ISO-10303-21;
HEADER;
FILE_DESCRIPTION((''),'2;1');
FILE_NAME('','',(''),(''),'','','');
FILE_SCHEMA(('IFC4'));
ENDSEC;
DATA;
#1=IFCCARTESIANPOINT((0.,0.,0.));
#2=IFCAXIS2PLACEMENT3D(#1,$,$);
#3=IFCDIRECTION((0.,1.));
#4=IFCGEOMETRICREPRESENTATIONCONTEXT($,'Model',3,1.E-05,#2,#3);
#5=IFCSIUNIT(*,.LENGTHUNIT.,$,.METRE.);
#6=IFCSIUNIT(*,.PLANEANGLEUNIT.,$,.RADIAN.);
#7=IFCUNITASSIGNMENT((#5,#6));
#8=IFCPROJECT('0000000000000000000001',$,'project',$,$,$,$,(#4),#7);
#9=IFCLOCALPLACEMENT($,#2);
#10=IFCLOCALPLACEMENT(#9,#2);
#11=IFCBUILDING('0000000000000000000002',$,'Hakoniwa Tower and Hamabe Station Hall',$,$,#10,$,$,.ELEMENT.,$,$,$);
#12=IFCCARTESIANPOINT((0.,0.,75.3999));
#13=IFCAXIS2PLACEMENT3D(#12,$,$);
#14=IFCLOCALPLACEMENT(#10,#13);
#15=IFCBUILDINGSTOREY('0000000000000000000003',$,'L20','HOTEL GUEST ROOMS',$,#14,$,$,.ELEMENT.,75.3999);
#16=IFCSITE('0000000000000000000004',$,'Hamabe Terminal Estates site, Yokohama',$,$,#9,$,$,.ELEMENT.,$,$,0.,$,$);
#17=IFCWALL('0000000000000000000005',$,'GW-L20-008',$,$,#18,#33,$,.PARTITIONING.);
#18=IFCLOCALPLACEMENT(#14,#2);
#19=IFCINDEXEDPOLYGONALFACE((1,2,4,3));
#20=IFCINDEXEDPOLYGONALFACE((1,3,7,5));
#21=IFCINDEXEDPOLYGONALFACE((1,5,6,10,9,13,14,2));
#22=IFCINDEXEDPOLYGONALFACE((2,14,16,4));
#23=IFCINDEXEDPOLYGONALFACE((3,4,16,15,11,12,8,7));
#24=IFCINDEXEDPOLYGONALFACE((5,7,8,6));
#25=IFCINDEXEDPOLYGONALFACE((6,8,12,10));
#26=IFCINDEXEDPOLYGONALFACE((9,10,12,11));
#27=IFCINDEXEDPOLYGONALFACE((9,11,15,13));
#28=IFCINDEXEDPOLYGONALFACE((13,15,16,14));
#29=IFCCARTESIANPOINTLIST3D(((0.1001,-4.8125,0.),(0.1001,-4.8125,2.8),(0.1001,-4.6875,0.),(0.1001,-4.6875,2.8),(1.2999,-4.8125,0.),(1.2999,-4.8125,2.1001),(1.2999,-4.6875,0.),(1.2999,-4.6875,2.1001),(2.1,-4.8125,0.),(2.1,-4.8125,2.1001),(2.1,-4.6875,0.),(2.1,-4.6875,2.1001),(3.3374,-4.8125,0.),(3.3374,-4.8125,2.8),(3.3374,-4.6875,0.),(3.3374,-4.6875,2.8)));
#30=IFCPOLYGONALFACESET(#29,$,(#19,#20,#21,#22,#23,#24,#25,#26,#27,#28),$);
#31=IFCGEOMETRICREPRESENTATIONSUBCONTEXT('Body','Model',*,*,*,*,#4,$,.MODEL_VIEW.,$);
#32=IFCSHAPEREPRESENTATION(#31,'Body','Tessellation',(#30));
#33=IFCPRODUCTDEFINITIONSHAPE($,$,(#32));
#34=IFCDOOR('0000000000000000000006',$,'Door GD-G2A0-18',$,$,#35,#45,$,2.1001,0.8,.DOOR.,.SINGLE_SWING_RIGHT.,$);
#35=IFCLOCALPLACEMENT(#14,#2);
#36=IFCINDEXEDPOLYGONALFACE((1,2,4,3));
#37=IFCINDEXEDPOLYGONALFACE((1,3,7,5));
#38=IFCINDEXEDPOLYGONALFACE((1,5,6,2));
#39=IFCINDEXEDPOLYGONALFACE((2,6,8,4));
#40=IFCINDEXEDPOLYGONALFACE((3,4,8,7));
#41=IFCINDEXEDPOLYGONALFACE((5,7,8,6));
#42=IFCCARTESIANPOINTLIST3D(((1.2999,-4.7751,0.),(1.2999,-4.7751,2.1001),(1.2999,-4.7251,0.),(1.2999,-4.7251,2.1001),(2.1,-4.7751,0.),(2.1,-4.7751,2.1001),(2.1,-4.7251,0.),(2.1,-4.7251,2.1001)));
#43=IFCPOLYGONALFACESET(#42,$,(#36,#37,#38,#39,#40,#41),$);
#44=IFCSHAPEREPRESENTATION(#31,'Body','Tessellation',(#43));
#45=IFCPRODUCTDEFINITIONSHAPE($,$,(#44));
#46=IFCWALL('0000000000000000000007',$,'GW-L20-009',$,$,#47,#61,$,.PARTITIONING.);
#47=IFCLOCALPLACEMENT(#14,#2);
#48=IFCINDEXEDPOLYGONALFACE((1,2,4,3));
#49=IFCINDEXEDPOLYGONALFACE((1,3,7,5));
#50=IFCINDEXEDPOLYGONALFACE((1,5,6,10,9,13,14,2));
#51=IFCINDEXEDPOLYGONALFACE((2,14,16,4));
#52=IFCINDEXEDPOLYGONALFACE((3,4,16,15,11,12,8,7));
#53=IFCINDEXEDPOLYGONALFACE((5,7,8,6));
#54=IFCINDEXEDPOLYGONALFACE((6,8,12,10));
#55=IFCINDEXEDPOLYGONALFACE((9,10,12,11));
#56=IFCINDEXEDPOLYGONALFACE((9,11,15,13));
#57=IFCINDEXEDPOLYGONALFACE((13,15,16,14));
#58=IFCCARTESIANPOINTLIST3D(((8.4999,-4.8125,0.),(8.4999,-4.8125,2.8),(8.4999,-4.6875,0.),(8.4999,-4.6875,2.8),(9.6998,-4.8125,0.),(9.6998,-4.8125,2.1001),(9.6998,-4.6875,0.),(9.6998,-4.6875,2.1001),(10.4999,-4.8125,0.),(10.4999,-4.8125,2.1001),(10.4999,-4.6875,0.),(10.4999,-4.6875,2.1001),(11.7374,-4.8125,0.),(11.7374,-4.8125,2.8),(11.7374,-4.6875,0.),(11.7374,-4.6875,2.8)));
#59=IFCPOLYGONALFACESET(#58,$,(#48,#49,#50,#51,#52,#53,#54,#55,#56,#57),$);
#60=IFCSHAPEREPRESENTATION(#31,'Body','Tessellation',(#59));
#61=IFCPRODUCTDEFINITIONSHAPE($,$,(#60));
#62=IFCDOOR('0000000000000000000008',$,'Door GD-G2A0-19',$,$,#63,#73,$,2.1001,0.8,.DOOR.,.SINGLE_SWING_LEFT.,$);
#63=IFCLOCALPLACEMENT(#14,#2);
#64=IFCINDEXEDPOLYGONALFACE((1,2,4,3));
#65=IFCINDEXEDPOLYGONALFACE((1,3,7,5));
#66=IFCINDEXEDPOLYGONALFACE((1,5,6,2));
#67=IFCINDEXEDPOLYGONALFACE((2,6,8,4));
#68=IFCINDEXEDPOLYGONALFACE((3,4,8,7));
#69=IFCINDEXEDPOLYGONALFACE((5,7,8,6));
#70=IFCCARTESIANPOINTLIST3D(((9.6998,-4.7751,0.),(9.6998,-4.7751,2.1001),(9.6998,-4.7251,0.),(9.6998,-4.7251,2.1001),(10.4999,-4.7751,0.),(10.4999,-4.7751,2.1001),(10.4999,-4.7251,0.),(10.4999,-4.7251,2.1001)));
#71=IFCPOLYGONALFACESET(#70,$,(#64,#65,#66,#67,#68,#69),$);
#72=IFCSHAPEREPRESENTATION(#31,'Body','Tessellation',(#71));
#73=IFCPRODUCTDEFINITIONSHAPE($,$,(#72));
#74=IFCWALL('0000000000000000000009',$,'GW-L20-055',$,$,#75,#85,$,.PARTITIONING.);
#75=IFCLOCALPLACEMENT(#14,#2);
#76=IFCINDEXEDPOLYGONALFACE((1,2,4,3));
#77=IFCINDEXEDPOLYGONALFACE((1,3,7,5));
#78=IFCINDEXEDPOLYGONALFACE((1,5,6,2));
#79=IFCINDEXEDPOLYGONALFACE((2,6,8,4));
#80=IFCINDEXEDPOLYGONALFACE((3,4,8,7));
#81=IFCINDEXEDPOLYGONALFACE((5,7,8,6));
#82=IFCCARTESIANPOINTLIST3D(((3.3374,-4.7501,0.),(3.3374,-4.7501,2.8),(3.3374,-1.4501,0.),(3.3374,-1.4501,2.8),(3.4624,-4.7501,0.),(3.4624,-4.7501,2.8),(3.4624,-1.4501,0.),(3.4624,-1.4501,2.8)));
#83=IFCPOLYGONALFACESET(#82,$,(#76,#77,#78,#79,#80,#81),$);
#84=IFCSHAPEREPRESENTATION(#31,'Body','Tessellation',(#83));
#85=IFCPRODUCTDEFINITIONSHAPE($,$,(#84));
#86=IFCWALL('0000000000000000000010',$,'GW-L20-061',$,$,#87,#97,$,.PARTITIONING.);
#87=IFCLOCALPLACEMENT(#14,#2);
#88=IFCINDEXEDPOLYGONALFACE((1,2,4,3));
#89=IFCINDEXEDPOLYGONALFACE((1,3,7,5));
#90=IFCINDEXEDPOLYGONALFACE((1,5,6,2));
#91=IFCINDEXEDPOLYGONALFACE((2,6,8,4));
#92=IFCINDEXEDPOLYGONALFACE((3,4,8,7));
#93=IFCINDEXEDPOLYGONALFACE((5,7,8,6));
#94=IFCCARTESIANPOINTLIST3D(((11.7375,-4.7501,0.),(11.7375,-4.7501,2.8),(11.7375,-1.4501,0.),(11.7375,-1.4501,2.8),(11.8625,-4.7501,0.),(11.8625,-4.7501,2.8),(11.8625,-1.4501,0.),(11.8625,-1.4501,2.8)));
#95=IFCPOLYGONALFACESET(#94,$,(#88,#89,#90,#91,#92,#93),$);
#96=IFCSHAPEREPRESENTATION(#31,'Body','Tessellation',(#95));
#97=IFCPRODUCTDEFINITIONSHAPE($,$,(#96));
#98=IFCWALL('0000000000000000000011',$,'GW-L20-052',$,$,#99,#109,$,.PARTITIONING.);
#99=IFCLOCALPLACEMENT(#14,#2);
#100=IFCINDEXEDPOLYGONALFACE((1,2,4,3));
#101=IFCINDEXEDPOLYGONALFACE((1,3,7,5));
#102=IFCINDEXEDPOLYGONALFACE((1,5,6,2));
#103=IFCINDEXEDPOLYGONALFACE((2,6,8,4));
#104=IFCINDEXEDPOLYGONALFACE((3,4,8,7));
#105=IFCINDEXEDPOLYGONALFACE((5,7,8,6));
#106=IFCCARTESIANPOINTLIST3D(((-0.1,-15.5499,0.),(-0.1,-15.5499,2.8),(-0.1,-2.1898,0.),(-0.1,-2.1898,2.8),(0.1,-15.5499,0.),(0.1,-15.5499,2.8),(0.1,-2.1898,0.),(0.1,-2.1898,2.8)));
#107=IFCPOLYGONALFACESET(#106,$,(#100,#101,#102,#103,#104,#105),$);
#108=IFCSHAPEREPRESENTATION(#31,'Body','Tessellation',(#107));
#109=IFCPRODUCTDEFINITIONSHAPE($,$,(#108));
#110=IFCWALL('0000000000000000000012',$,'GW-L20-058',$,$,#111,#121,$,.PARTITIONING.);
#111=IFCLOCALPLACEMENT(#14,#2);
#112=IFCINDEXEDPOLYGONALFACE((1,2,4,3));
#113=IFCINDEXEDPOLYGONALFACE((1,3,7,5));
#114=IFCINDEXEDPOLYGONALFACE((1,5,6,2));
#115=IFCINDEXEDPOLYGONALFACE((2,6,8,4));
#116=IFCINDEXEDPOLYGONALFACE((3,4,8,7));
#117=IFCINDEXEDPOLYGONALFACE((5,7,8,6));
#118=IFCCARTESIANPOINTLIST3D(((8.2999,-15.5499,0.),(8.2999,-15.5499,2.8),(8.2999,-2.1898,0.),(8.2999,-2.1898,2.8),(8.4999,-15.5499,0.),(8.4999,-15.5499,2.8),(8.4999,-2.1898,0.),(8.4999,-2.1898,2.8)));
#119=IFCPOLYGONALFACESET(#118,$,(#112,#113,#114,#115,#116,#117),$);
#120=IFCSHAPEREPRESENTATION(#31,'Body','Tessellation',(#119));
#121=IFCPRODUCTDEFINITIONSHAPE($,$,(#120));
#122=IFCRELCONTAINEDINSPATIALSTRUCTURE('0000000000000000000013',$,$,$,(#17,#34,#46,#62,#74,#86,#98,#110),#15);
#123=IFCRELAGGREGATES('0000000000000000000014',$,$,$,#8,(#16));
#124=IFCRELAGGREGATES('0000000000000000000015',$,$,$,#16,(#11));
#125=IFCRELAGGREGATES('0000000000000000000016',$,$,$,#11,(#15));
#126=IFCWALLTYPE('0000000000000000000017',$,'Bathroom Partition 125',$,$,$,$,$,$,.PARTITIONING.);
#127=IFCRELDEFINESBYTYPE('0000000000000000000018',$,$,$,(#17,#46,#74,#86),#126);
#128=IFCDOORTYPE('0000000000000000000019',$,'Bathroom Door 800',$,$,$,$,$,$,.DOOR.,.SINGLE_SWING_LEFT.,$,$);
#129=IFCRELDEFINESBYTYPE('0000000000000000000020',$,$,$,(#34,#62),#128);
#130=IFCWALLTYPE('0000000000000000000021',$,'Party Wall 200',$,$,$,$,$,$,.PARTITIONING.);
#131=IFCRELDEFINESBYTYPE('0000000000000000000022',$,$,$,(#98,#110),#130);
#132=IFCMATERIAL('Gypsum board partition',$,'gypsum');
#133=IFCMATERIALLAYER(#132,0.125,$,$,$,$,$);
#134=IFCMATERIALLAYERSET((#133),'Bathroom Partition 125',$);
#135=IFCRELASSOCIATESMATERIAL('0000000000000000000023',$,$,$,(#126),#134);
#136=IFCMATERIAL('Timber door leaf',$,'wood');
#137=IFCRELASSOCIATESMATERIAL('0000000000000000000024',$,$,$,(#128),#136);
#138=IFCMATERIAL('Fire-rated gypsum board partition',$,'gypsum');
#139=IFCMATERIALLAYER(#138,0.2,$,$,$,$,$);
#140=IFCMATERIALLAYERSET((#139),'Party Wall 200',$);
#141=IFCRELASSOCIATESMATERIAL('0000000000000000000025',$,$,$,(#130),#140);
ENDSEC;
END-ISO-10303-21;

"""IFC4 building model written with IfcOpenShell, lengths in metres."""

from ifc_helpers import new_model, si_unit, direction, frame, frame_2d, origin, place, context, subcontext, project, spatial, rectangle, extrude, material, layer, layer_set, type_object, element, fill, save


model = new_model("IFC4")

# Units and contexts
model_context = context("Model", 3, precision=1e-05, world=origin(), true_north=direction((0.0, 1.0)))
body_context = subcontext(model_context, "Body", "Model", "MODEL_VIEW")
ifc_project = project(units=[si_unit("LENGTHUNIT", "METRE"), si_unit("PLANEANGLEUNIT", "RADIAN")], contexts=[model_context])

# Site, building, storey
site_placement = place(None, origin())
site = spatial("IfcSite", under=ifc_project, at=site_placement, Name="Hamabe Terminal Estates site, Yokohama", CompositionType="ELEMENT", RefElevation=0.0)
building_placement = place(site_placement, origin())
building = spatial("IfcBuilding", under=site, at=building_placement, Name="Hakoniwa Tower and Hamabe Station Hall", CompositionType="ELEMENT")
storey_placement = place(building_placement, frame((0.0, 0.0, 75.3999)))
storey = spatial("IfcBuildingStorey", under=building, at=storey_placement, Name="L20", Description="HOTEL GUEST ROOMS", CompositionType="ELEMENT", Elevation=75.3999)

# Walls, openings, doors
ifc_material_1 = material(Name="Gypsum board partition", Category="gypsum")
ifc_layer_1 = layer(ifc_material_1, 0.125)
ifc_layer_set_1 = layer_set([ifc_layer_1], Name="Bathroom Partition 125")
wall_type_1 = type_object("IfcWallType", Name="Bathroom Partition 125", PredefinedType="PARTITIONING", material=ifc_layer_set_1)
wall_1_placement = place(storey_placement, frame((0.1001, -4.75, 0.0), z_axis=(0.0, 0.0, 1.0), x_axis=(1.0, 0.0, 0.0)))
wall_1 = element("IfcWall", 1, at=wall_1_placement, inside=storey, type_object=wall_type_1, Name="GW-L20-008", PredefinedType="PARTITIONING", context=body_context, shape_type="SweptSolid", body=[
    extrude(rectangle(XDim=3.2373, YDim=0.125, at=frame_2d((1.6187, 0.0))), origin(), (0.0, 0.0, 1.0), 2.8),
])
opening_1_placement = place(wall_1_placement, frame((1.2, 0.0, 0.0)))
opening_1 = element("IfcOpeningElement", 2, at=opening_1_placement, cuts=wall_1, PredefinedType="OPENING", context=body_context, shape_type="SweptSolid", body=[
    extrude(rectangle(XDim=0.8, YDim=2.1001, at=frame_2d((0.3999, 1.05))), frame((0.0, 0.0725, 0.0), z_axis=(0.0, -1.0, 0.0), x_axis=(1.0, 0.0, 0.0)), (0.0, 0.0, 1.0), 0.145),
])
ifc_material_2 = material(Name="Timber door leaf", Category="wood")
door_type = type_object("IfcDoorType", Name="Bathroom Door 800", OperationType="SINGLE_SWING_LEFT", PredefinedType="DOOR", material=ifc_material_2)
door_1_placement = place(opening_1_placement, origin())
door_1 = element("IfcDoor", 3, at=door_1_placement, inside=storey, type_object=door_type, Name="Door GD-G2A0-18", OperationType="SINGLE_SWING_RIGHT", OverallHeight=2.1001, OverallWidth=0.8, PredefinedType="DOOR", context=body_context, shape_type="SweptSolid", body=[
    extrude(rectangle(XDim=0.8, YDim=2.1001, at=frame_2d((0.3999, 1.05))), frame((0.0, 0.0249, 0.0), z_axis=(0.0, -1.0, 0.0), x_axis=(1.0, 0.0, 0.0)), (0.0, 0.0, 1.0), 0.05),
])
fill(opening_1, door_1)
wall_2_placement = place(storey_placement, frame((8.5, -4.75, 0.0), z_axis=(0.0, 0.0, 1.0), x_axis=(1.0, 0.0, 0.0)))
wall_2 = element("IfcWall", 4, at=wall_2_placement, inside=storey, type_object=wall_type_1, Name="GW-L20-009", PredefinedType="PARTITIONING", context=body_context, shape_type="SweptSolid", body=[
    extrude(rectangle(XDim=3.2375, YDim=0.125, at=frame_2d((1.6187, 0.0))), origin(), (0.0, 0.0, 1.0), 2.8),
])
opening_2_placement = place(wall_2_placement, frame((1.2, 0.0, 0.0)))
opening_2 = element("IfcOpeningElement", 5, at=opening_2_placement, cuts=wall_2, PredefinedType="OPENING", context=body_context, shape_type="SweptSolid", body=[
    extrude(rectangle(XDim=0.8, YDim=2.1001, at=frame_2d((0.3999, 1.05))), frame((0.0, 0.0725, 0.0), z_axis=(0.0, -1.0, 0.0), x_axis=(1.0, 0.0, 0.0)), (0.0, 0.0, 1.0), 0.145),
])
door_2_placement = place(opening_2_placement, origin())
door_2 = element("IfcDoor", 6, at=door_2_placement, inside=storey, type_object=door_type, Name="Door GD-G2A0-19", OperationType="SINGLE_SWING_LEFT", OverallHeight=2.1001, OverallWidth=0.8, PredefinedType="DOOR", context=body_context, shape_type="SweptSolid", body=[
    extrude(rectangle(XDim=0.8, YDim=2.1001, at=frame_2d((0.3999, 1.05))), frame((0.0, 0.0249, 0.0), z_axis=(0.0, -1.0, 0.0), x_axis=(1.0, 0.0, 0.0)), (0.0, 0.0, 1.0), 0.05),
])
fill(opening_2, door_2)

# Walls
for number, where, z_axis, x_axis, name in (
    (7, (3.3999, -4.75, 0.0), (0.0, 0.0, 1.0), (0.0, 1.0, 0.0), "GW-L20-055"),
    (8, (11.8, -4.75, 0.0), (0.0, 0.0, 1.0), (0.0, 1.0, 0.0), "GW-L20-061"),
):
    element("IfcWall", number, at=place(storey_placement, frame(where, z_axis=z_axis, x_axis=x_axis)), inside=storey, type_object=wall_type_1, Name=name, PredefinedType="PARTITIONING", context=body_context, shape_type="SweptSolid", body=[
        extrude(rectangle(XDim=3.3, YDim=0.125, at=frame_2d((1.6499, 0.0))), origin(), (0.0, 0.0, 1.0), 2.8),
    ])
ifc_material_3 = material(Name="Fire-rated gypsum board partition", Category="gypsum")
ifc_layer_2 = layer(ifc_material_3, 0.2)
ifc_layer_set_2 = layer_set([ifc_layer_2], Name="Party Wall 200")
wall_type_2 = type_object("IfcWallType", Name="Party Wall 200", PredefinedType="PARTITIONING", material=ifc_layer_set_2)
for number, where, z_axis, x_axis, name in (
    (9, (0.0, -15.55, 0.0), (0.0, 0.0, 1.0), (0.0, 1.0, 0.0), "GW-L20-052"),
    (10, (8.3999, -15.55, 0.0), (0.0, 0.0, 1.0), (0.0, 1.0, 0.0), "GW-L20-058"),
):
    element("IfcWall", number, at=place(storey_placement, frame(where, z_axis=z_axis, x_axis=x_axis)), inside=storey, type_object=wall_type_2, Name=name, PredefinedType="PARTITIONING", context=body_context, shape_type="SweptSolid", body=[
        extrude(rectangle(XDim=13.3601, YDim=0.2, at=frame_2d((6.6802, 0.0))), origin(), (0.0, 0.0, 1.0), 2.8),
    ])

save(model, "model.ifc")
